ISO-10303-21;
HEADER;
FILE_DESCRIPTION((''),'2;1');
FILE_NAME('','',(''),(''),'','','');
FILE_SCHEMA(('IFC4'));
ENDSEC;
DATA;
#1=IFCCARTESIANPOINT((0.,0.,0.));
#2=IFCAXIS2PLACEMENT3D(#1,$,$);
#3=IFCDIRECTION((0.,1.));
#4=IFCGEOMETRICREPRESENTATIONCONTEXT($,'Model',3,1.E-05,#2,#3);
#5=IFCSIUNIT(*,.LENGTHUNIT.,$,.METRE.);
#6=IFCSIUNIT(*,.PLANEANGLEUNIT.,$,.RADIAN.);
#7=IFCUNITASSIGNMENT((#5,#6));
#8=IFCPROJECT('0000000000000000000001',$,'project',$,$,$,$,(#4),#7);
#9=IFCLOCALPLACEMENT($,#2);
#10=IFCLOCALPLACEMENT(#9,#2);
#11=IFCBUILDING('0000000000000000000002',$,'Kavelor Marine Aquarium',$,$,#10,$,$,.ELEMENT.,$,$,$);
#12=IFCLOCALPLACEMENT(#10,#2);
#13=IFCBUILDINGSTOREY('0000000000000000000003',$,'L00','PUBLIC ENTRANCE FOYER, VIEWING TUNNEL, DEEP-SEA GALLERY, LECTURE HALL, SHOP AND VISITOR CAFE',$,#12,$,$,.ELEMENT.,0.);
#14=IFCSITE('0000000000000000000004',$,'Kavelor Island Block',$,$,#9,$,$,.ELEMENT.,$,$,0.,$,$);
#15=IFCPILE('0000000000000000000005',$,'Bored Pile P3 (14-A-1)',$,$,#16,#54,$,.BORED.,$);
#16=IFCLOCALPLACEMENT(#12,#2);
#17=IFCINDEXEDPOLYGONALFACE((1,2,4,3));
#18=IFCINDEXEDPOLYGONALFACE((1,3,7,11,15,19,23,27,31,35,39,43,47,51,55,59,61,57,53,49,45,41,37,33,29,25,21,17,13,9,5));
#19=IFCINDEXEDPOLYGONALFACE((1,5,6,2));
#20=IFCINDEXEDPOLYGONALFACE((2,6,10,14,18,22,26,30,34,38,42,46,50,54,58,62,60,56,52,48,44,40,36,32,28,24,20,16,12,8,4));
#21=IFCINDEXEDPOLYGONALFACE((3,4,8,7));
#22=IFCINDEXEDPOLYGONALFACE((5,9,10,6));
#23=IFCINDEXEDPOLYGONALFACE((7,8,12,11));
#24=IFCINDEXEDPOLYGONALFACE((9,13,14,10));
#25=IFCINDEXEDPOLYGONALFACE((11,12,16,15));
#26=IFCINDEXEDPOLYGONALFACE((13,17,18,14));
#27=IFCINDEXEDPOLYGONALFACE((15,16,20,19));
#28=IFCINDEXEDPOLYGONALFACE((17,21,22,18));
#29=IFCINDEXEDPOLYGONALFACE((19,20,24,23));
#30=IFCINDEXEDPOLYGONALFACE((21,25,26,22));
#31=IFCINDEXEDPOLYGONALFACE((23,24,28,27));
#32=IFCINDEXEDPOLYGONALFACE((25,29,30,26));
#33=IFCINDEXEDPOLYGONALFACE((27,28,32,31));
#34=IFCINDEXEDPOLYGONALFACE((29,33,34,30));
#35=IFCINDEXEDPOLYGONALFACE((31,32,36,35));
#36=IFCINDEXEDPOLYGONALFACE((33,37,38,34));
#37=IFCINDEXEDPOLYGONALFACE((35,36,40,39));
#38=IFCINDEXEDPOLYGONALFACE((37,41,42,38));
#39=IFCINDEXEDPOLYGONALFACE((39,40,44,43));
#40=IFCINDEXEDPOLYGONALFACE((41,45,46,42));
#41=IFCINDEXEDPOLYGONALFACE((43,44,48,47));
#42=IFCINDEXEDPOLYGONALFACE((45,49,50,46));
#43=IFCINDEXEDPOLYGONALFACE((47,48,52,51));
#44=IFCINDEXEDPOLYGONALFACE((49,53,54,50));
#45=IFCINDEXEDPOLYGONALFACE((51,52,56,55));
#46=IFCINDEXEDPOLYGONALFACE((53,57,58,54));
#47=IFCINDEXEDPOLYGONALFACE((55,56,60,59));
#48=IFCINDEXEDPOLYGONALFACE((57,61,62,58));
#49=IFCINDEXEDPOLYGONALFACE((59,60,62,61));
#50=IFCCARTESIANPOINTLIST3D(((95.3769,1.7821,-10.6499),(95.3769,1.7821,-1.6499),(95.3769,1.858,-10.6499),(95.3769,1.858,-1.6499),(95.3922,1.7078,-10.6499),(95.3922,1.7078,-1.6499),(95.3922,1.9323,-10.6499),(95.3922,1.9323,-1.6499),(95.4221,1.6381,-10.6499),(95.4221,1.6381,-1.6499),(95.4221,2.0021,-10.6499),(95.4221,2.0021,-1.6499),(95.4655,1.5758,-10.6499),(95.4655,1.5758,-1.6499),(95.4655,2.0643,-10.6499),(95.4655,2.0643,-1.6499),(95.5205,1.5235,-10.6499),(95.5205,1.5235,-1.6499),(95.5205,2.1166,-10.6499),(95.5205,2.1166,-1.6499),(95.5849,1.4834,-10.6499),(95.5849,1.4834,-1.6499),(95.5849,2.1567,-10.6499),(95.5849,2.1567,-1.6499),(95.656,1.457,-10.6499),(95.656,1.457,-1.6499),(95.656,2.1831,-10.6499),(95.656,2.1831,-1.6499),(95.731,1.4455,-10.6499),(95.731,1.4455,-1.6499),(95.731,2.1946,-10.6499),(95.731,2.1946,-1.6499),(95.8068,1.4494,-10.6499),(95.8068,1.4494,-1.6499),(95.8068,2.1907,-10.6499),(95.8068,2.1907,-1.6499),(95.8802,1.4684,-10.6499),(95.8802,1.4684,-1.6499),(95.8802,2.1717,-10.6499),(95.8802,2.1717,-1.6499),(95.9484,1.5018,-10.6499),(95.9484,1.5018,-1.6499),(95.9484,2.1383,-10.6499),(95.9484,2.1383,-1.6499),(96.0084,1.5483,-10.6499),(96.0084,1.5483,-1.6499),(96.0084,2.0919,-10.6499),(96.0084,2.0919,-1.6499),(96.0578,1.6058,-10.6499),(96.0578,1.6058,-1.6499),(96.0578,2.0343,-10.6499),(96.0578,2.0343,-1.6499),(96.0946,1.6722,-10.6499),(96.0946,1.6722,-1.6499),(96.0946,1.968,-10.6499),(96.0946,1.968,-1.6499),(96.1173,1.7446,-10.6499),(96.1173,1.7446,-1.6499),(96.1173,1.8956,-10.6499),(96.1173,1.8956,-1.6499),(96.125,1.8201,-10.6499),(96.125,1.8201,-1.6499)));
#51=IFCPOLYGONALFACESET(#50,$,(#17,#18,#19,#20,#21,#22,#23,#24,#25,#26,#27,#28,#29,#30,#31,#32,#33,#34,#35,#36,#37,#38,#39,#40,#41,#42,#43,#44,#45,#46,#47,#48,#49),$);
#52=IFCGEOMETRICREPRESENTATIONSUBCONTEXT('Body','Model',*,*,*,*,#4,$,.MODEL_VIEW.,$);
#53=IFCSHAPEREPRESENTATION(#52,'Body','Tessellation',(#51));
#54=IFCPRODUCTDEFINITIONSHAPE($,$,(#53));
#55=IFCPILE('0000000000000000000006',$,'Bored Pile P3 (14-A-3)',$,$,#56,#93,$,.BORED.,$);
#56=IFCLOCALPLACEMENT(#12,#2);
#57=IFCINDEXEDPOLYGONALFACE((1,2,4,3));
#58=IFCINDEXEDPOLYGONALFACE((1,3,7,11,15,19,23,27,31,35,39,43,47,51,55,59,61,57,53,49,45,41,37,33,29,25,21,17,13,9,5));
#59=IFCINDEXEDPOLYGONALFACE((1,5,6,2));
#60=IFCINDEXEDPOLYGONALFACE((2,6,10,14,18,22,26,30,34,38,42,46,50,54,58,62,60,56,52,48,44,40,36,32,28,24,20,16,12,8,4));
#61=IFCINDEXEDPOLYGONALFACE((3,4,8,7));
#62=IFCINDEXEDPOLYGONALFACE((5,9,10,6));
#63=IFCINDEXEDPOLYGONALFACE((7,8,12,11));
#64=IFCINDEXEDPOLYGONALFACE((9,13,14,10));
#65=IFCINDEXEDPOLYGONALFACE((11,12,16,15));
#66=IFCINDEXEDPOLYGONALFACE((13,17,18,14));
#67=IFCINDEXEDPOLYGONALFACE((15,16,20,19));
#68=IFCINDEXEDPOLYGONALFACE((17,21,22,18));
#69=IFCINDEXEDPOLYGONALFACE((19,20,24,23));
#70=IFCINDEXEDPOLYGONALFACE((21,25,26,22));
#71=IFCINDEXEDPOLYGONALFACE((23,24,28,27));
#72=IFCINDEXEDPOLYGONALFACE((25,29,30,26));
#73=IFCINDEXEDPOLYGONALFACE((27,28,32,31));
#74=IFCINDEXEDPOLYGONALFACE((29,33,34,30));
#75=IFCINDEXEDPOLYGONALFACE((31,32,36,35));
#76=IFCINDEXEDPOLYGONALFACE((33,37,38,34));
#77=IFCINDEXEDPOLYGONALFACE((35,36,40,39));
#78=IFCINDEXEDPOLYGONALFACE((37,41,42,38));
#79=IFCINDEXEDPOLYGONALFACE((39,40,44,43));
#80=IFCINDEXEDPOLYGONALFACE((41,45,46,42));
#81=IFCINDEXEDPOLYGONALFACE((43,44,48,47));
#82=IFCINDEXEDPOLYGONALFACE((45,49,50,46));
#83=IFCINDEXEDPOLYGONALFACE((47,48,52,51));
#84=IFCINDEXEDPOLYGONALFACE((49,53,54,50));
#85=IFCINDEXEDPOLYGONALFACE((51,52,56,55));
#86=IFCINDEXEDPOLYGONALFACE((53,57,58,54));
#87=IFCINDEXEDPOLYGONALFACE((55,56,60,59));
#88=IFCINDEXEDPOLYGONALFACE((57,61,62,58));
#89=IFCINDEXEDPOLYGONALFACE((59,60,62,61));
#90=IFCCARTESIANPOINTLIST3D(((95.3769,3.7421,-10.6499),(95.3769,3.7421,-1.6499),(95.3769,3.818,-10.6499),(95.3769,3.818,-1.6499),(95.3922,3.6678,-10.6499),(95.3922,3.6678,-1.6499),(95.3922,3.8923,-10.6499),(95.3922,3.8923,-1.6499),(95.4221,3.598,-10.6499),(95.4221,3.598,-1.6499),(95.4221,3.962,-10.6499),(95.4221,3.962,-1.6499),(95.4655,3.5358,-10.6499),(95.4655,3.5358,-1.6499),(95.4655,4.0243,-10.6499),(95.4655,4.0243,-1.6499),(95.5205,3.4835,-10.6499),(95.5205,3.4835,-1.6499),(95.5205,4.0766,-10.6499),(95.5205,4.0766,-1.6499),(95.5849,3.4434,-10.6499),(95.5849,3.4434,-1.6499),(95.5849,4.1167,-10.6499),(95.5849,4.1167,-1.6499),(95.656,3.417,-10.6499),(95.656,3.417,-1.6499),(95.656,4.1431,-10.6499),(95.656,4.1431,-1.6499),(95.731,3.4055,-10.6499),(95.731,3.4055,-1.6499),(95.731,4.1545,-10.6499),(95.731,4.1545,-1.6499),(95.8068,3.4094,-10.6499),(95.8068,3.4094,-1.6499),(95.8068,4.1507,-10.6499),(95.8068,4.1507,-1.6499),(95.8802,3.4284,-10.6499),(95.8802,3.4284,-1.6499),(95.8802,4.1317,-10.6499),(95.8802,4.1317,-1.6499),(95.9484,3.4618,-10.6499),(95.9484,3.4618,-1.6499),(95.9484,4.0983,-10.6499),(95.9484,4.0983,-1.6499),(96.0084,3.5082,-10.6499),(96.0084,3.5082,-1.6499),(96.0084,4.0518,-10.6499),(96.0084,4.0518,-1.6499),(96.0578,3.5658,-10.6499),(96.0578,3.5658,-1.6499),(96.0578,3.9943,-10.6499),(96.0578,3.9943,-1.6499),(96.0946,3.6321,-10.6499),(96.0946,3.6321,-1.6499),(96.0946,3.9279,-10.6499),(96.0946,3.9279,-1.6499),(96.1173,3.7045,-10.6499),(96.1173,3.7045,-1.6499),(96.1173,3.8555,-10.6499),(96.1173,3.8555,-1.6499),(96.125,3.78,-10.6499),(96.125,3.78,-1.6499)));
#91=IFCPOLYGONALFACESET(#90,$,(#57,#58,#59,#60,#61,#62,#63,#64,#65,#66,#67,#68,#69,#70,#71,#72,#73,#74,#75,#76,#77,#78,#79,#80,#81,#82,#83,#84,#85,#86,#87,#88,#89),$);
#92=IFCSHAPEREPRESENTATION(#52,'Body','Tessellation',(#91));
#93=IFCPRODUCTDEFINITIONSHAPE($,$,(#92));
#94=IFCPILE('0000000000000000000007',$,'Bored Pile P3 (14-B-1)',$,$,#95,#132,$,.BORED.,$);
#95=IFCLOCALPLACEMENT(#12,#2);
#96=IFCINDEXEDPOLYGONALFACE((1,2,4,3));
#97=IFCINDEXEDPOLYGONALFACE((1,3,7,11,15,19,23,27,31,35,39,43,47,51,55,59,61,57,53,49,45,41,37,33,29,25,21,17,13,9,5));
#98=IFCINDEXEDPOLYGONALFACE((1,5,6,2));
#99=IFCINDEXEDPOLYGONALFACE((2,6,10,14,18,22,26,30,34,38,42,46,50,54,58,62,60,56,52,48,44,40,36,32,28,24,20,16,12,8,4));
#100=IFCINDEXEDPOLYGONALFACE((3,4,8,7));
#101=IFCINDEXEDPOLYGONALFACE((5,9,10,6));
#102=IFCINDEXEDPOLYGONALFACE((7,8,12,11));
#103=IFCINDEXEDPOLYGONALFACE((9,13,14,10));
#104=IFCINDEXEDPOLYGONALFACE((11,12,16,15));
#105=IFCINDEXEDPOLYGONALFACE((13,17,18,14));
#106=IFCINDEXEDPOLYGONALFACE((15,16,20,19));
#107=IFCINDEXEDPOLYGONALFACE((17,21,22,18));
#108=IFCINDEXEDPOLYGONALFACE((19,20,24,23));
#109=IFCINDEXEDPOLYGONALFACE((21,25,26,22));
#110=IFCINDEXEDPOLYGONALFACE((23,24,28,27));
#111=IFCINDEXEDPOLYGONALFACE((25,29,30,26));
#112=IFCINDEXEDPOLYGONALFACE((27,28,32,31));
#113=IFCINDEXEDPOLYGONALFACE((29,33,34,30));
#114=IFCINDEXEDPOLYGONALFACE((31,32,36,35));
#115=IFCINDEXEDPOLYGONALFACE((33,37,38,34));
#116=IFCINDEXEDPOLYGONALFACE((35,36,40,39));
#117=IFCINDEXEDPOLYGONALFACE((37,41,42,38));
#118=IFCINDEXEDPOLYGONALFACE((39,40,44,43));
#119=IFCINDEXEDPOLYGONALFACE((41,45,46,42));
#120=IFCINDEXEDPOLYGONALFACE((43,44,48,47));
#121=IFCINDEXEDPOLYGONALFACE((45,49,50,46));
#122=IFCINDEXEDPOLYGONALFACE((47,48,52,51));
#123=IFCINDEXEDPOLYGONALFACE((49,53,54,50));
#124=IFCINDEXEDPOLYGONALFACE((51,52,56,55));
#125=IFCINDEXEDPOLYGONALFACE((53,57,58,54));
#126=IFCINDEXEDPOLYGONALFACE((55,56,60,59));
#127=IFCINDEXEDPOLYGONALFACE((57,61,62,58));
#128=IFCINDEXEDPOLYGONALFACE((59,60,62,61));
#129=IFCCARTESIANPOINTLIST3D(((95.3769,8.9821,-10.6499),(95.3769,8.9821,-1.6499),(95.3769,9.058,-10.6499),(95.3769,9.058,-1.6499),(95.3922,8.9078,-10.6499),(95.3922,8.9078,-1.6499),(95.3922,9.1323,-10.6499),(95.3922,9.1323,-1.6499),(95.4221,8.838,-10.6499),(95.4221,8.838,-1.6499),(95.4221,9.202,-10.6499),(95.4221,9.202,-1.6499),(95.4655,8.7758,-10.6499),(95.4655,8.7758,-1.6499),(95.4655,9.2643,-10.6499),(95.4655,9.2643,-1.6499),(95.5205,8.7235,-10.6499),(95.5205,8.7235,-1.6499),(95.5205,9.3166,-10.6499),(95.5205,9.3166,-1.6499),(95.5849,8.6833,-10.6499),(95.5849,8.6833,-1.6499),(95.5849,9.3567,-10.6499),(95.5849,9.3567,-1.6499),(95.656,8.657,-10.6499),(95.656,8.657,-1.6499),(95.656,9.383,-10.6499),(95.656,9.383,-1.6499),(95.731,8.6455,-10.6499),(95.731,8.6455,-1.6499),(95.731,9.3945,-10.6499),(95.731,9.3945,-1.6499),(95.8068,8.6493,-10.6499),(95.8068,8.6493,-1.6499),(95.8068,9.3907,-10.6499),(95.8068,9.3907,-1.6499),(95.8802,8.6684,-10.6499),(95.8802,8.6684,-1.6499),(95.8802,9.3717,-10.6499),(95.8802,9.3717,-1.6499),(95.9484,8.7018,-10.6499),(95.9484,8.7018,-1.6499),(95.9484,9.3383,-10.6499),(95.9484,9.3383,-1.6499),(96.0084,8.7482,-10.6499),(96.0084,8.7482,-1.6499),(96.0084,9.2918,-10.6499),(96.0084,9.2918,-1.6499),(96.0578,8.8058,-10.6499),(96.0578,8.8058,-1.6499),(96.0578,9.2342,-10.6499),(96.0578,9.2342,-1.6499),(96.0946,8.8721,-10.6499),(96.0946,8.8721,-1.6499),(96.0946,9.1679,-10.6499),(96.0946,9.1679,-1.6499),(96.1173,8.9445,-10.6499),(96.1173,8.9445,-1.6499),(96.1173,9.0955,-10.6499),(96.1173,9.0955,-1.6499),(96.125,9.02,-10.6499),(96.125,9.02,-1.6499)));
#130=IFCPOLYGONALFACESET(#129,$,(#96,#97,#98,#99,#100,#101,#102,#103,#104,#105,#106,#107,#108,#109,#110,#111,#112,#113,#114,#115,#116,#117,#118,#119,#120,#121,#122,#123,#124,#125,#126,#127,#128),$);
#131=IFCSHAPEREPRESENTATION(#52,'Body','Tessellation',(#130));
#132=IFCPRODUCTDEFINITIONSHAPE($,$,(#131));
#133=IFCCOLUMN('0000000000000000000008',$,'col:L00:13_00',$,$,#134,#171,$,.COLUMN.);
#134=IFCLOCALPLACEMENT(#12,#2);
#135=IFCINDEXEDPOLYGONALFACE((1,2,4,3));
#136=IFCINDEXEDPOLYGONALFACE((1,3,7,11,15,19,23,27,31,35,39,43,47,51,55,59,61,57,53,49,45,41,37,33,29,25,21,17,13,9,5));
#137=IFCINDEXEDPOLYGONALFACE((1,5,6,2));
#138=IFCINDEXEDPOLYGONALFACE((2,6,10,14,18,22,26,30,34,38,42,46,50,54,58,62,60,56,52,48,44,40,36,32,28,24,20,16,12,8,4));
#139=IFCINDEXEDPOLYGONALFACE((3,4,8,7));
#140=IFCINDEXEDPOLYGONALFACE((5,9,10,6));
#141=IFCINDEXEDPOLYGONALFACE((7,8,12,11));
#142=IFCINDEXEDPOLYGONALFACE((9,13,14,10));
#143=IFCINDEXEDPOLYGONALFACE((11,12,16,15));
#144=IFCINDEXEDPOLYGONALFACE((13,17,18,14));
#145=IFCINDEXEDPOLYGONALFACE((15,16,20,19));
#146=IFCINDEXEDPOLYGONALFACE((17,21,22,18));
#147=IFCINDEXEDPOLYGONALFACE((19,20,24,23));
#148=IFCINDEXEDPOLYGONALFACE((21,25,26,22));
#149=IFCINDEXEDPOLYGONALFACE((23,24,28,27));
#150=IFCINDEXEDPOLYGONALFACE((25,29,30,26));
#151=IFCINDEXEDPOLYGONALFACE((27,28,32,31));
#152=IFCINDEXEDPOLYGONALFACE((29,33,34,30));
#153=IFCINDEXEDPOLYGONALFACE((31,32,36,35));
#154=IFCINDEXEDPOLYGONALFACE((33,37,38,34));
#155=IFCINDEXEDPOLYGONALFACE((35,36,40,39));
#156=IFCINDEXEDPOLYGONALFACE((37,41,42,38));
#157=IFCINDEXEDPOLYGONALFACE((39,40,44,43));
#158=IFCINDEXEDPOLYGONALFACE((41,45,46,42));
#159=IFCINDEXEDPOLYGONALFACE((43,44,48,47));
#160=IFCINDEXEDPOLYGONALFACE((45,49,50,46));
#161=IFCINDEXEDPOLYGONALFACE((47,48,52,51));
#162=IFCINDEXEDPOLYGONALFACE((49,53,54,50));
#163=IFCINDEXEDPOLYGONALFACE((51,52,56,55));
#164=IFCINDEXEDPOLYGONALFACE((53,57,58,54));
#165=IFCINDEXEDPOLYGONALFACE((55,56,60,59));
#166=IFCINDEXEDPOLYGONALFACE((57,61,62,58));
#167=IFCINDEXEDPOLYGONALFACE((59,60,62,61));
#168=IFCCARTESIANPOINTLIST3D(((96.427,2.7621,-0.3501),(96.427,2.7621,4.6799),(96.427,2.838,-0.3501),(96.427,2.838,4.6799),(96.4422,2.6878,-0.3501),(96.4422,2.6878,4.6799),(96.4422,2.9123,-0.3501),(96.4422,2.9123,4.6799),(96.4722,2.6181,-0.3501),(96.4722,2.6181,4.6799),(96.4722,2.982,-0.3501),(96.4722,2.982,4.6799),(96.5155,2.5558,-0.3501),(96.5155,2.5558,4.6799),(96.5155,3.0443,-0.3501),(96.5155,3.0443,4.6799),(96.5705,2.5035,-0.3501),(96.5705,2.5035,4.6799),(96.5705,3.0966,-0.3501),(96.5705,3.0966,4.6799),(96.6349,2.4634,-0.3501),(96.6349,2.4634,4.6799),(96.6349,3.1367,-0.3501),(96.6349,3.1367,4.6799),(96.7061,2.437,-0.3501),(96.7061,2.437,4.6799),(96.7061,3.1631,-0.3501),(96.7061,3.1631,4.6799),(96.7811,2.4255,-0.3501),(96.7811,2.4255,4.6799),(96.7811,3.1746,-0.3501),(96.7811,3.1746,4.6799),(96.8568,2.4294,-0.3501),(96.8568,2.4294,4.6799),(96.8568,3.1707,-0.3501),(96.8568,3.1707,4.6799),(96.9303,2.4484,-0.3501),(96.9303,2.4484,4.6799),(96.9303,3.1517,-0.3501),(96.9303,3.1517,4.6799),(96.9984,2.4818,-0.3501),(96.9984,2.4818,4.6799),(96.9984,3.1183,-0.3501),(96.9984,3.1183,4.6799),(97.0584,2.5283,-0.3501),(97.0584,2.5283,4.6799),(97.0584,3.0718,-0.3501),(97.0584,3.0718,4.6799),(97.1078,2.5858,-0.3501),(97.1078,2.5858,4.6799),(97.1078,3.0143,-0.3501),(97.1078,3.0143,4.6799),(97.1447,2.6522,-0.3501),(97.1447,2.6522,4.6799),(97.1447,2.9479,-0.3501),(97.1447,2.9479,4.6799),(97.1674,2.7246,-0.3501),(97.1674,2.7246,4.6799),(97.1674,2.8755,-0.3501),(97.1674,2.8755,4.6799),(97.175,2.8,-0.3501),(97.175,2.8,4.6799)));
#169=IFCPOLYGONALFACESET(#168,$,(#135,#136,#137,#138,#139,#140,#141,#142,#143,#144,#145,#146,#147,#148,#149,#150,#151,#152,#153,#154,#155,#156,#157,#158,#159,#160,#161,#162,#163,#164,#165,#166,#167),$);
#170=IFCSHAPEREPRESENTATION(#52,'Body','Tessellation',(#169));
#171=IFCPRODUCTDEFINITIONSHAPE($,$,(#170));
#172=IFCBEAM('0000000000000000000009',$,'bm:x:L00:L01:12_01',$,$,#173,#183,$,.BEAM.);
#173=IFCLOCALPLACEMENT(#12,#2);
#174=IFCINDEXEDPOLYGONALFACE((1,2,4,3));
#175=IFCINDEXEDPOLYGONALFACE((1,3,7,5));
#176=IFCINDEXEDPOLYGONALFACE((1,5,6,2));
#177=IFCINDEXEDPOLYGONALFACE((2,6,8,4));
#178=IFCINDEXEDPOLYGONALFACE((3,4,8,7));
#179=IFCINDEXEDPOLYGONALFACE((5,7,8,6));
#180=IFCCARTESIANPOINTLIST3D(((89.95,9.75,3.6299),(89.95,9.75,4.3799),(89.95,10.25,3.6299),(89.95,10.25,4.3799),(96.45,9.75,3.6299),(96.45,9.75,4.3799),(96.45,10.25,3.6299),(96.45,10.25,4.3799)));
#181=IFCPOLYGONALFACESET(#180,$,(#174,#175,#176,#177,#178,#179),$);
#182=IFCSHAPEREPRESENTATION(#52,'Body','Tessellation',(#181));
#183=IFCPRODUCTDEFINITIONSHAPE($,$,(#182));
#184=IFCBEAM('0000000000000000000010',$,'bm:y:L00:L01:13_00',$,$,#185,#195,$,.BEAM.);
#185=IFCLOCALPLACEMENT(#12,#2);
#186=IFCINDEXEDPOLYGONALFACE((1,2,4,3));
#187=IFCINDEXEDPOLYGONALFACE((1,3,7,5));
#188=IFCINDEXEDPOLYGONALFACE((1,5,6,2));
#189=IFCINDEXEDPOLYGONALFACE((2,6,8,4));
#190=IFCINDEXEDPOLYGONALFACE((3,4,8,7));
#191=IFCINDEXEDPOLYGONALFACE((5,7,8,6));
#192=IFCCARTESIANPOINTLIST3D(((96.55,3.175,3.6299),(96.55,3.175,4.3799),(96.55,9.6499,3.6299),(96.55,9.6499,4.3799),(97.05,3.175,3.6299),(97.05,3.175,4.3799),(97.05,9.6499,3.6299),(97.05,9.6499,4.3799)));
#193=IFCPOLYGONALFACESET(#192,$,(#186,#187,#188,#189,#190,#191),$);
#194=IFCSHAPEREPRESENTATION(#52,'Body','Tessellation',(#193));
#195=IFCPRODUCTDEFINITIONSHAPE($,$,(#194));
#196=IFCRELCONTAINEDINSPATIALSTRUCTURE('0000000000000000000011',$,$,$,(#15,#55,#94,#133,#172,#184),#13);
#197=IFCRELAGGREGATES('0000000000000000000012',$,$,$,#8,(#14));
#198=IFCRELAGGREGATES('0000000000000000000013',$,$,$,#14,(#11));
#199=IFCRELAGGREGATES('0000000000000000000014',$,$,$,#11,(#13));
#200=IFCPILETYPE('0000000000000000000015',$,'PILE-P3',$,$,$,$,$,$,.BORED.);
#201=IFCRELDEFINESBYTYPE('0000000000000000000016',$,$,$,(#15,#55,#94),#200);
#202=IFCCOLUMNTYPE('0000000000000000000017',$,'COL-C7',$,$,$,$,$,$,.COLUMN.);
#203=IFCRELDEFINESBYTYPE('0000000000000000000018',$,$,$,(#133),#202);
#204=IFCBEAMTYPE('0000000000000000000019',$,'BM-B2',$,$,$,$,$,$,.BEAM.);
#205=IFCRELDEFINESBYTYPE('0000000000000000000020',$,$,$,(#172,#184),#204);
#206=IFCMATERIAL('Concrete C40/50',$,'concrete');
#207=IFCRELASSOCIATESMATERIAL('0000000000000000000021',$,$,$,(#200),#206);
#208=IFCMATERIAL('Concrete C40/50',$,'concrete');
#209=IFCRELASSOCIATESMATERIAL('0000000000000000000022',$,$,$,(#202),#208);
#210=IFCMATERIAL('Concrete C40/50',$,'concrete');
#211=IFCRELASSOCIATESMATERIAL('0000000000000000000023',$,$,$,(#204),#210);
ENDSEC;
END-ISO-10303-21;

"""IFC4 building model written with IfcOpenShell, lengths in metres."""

from ifc_helpers import new_model, si_unit, direction, frame, origin, origin_2d, place, context, subcontext, project, spatial, rectangle, circle, extrude, material, material_profile, profile_set, type_object, element, save


model = new_model("IFC4")

# Units and contexts
model_context = context("Model", 3, precision=1e-05, world=origin(), true_north=direction((0.0, 1.0)))
body_context = subcontext(model_context, "Body", "Model", "MODEL_VIEW")
ifc_project = project(units=[si_unit("LENGTHUNIT", "METRE"), si_unit("PLANEANGLEUNIT", "RADIAN")], contexts=[model_context])

# Site, building, storey
site_placement = place(None, origin())
site = spatial("IfcSite", under=ifc_project, at=site_placement, Name="Kavelor Island Block", CompositionType="ELEMENT", RefElevation=0.0)
building_placement = place(site_placement, origin())
building = spatial("IfcBuilding", under=site, at=building_placement, Name="Kavelor Marine Aquarium", CompositionType="ELEMENT")
storey_placement = place(building_placement, origin())
storey = spatial("IfcBuildingStorey", under=building, at=storey_placement, Name="L00", Description="PUBLIC ENTRANCE FOYER, VIEWING TUNNEL, DEEP-SEA GALLERY, LECTURE HALL, SHOP AND VISITOR CAFE", CompositionType="ELEMENT", Elevation=0.0)

# Piles
ifc_material_1 = material(Name="Concrete C40/50", Category="concrete")
ifc_material_profile_1 = material_profile(ifc_material_1, circle(Radius=0.375, at=origin_2d()), Name="PILE D750")
ifc_profile_set_1 = profile_set([ifc_material_profile_1], Name="Concrete C40/50")
pile_type_1 = type_object("IfcPileType", Name="PILE-P3", PredefinedType="BORED", material=ifc_profile_set_1)
for number, where, z_axis, x_axis, name in (
    (1, (95.75, 1.8201, -1.6499), (0.0, 0.0, -1.0), (1.0, 0.0, 0.0), "Bored Pile P3 (14-A-1)"),
    (2, (95.75, 3.78, -1.6499), (0.0, 0.0, -1.0), (1.0, 0.0, 0.0), "Bored Pile P3 (14-A-3)"),
    (3, (95.75, 9.02, -1.6499), (0.0, 0.0, -1.0), (1.0, 0.0, 0.0), "Bored Pile P3 (14-B-1)"),
):
    element("IfcPile", number, at=place(storey_placement, frame(where, z_axis=z_axis, x_axis=x_axis)), inside=storey, type_object=pile_type_1, Name=name, PredefinedType="BORED", context=body_context, shape_type="SweptSolid", body=[
        extrude(circle(Radius=0.375, at=origin_2d()), origin(), (0.0, 0.0, 1.0), 9.0),
    ])

# Column
ifc_material_2 = material(Name="Concrete C40/50", Category="concrete")
ifc_material_profile_2 = material_profile(ifc_material_2, circle(Radius=0.375, at=origin_2d()), Name="RC-COL D750")
ifc_profile_set_2 = profile_set([ifc_material_profile_2], Name="Concrete C40/50")
column_type = type_object("IfcColumnType", Name="COL-C7", PredefinedType="COLUMN", material=ifc_profile_set_2)
column_placement = place(storey_placement, frame((96.8, 2.8, -0.3501), z_axis=(0.0, 0.0, 1.0), x_axis=(1.0, 0.0, 0.0)))
element("IfcColumn", 4, at=column_placement, inside=storey, type_object=column_type, Name="col:L00:13_00", PredefinedType="COLUMN", context=body_context, shape_type="SweptSolid", body=[
    extrude(circle(Radius=0.375, at=origin_2d()), origin(), (0.0, 0.0, 1.0), 5.03),
])

# Beams
ifc_material_3 = material(Name="Concrete C40/50", Category="concrete")
ifc_material_profile_3 = material_profile(ifc_material_3, rectangle(XDim=0.5, YDim=0.75, at=origin_2d()), Name="RC-BM 500x750")
ifc_profile_set_3 = profile_set([ifc_material_profile_3], Name="Concrete C40/50")
beam_type_1 = type_object("IfcBeamType", Name="BM-B2", PredefinedType="BEAM", material=ifc_profile_set_3)
beam_1_placement = place(storey_placement, frame((89.95, 10.0, 4.0049), z_axis=(1.0, 0.0, 0.0), x_axis=(0.0, 1.0, 0.0)))
element("IfcBeam", 5, at=beam_1_placement, inside=storey, type_object=beam_type_1, Name="bm:x:L00:L01:12_01", PredefinedType="BEAM", context=body_context, shape_type="SweptSolid", body=[
    extrude(rectangle(XDim=0.5, YDim=0.75, at=origin_2d()), origin(), (0.0, 0.0, 1.0), 6.5),
])
beam_2_placement = place(storey_placement, frame((96.8, 3.175, 4.0049), z_axis=(0.0, 1.0, 0.0), x_axis=(-1.0, 0.0, 0.0)))
element("IfcBeam", 6, at=beam_2_placement, inside=storey, type_object=beam_type_1, Name="bm:y:L00:L01:13_00", PredefinedType="BEAM", context=body_context, shape_type="SweptSolid", body=[
    extrude(rectangle(XDim=0.5, YDim=0.75, at=origin_2d()), origin(), (0.0, 0.0, 1.0), 6.4749),
])

save(model, "model.ifc")
